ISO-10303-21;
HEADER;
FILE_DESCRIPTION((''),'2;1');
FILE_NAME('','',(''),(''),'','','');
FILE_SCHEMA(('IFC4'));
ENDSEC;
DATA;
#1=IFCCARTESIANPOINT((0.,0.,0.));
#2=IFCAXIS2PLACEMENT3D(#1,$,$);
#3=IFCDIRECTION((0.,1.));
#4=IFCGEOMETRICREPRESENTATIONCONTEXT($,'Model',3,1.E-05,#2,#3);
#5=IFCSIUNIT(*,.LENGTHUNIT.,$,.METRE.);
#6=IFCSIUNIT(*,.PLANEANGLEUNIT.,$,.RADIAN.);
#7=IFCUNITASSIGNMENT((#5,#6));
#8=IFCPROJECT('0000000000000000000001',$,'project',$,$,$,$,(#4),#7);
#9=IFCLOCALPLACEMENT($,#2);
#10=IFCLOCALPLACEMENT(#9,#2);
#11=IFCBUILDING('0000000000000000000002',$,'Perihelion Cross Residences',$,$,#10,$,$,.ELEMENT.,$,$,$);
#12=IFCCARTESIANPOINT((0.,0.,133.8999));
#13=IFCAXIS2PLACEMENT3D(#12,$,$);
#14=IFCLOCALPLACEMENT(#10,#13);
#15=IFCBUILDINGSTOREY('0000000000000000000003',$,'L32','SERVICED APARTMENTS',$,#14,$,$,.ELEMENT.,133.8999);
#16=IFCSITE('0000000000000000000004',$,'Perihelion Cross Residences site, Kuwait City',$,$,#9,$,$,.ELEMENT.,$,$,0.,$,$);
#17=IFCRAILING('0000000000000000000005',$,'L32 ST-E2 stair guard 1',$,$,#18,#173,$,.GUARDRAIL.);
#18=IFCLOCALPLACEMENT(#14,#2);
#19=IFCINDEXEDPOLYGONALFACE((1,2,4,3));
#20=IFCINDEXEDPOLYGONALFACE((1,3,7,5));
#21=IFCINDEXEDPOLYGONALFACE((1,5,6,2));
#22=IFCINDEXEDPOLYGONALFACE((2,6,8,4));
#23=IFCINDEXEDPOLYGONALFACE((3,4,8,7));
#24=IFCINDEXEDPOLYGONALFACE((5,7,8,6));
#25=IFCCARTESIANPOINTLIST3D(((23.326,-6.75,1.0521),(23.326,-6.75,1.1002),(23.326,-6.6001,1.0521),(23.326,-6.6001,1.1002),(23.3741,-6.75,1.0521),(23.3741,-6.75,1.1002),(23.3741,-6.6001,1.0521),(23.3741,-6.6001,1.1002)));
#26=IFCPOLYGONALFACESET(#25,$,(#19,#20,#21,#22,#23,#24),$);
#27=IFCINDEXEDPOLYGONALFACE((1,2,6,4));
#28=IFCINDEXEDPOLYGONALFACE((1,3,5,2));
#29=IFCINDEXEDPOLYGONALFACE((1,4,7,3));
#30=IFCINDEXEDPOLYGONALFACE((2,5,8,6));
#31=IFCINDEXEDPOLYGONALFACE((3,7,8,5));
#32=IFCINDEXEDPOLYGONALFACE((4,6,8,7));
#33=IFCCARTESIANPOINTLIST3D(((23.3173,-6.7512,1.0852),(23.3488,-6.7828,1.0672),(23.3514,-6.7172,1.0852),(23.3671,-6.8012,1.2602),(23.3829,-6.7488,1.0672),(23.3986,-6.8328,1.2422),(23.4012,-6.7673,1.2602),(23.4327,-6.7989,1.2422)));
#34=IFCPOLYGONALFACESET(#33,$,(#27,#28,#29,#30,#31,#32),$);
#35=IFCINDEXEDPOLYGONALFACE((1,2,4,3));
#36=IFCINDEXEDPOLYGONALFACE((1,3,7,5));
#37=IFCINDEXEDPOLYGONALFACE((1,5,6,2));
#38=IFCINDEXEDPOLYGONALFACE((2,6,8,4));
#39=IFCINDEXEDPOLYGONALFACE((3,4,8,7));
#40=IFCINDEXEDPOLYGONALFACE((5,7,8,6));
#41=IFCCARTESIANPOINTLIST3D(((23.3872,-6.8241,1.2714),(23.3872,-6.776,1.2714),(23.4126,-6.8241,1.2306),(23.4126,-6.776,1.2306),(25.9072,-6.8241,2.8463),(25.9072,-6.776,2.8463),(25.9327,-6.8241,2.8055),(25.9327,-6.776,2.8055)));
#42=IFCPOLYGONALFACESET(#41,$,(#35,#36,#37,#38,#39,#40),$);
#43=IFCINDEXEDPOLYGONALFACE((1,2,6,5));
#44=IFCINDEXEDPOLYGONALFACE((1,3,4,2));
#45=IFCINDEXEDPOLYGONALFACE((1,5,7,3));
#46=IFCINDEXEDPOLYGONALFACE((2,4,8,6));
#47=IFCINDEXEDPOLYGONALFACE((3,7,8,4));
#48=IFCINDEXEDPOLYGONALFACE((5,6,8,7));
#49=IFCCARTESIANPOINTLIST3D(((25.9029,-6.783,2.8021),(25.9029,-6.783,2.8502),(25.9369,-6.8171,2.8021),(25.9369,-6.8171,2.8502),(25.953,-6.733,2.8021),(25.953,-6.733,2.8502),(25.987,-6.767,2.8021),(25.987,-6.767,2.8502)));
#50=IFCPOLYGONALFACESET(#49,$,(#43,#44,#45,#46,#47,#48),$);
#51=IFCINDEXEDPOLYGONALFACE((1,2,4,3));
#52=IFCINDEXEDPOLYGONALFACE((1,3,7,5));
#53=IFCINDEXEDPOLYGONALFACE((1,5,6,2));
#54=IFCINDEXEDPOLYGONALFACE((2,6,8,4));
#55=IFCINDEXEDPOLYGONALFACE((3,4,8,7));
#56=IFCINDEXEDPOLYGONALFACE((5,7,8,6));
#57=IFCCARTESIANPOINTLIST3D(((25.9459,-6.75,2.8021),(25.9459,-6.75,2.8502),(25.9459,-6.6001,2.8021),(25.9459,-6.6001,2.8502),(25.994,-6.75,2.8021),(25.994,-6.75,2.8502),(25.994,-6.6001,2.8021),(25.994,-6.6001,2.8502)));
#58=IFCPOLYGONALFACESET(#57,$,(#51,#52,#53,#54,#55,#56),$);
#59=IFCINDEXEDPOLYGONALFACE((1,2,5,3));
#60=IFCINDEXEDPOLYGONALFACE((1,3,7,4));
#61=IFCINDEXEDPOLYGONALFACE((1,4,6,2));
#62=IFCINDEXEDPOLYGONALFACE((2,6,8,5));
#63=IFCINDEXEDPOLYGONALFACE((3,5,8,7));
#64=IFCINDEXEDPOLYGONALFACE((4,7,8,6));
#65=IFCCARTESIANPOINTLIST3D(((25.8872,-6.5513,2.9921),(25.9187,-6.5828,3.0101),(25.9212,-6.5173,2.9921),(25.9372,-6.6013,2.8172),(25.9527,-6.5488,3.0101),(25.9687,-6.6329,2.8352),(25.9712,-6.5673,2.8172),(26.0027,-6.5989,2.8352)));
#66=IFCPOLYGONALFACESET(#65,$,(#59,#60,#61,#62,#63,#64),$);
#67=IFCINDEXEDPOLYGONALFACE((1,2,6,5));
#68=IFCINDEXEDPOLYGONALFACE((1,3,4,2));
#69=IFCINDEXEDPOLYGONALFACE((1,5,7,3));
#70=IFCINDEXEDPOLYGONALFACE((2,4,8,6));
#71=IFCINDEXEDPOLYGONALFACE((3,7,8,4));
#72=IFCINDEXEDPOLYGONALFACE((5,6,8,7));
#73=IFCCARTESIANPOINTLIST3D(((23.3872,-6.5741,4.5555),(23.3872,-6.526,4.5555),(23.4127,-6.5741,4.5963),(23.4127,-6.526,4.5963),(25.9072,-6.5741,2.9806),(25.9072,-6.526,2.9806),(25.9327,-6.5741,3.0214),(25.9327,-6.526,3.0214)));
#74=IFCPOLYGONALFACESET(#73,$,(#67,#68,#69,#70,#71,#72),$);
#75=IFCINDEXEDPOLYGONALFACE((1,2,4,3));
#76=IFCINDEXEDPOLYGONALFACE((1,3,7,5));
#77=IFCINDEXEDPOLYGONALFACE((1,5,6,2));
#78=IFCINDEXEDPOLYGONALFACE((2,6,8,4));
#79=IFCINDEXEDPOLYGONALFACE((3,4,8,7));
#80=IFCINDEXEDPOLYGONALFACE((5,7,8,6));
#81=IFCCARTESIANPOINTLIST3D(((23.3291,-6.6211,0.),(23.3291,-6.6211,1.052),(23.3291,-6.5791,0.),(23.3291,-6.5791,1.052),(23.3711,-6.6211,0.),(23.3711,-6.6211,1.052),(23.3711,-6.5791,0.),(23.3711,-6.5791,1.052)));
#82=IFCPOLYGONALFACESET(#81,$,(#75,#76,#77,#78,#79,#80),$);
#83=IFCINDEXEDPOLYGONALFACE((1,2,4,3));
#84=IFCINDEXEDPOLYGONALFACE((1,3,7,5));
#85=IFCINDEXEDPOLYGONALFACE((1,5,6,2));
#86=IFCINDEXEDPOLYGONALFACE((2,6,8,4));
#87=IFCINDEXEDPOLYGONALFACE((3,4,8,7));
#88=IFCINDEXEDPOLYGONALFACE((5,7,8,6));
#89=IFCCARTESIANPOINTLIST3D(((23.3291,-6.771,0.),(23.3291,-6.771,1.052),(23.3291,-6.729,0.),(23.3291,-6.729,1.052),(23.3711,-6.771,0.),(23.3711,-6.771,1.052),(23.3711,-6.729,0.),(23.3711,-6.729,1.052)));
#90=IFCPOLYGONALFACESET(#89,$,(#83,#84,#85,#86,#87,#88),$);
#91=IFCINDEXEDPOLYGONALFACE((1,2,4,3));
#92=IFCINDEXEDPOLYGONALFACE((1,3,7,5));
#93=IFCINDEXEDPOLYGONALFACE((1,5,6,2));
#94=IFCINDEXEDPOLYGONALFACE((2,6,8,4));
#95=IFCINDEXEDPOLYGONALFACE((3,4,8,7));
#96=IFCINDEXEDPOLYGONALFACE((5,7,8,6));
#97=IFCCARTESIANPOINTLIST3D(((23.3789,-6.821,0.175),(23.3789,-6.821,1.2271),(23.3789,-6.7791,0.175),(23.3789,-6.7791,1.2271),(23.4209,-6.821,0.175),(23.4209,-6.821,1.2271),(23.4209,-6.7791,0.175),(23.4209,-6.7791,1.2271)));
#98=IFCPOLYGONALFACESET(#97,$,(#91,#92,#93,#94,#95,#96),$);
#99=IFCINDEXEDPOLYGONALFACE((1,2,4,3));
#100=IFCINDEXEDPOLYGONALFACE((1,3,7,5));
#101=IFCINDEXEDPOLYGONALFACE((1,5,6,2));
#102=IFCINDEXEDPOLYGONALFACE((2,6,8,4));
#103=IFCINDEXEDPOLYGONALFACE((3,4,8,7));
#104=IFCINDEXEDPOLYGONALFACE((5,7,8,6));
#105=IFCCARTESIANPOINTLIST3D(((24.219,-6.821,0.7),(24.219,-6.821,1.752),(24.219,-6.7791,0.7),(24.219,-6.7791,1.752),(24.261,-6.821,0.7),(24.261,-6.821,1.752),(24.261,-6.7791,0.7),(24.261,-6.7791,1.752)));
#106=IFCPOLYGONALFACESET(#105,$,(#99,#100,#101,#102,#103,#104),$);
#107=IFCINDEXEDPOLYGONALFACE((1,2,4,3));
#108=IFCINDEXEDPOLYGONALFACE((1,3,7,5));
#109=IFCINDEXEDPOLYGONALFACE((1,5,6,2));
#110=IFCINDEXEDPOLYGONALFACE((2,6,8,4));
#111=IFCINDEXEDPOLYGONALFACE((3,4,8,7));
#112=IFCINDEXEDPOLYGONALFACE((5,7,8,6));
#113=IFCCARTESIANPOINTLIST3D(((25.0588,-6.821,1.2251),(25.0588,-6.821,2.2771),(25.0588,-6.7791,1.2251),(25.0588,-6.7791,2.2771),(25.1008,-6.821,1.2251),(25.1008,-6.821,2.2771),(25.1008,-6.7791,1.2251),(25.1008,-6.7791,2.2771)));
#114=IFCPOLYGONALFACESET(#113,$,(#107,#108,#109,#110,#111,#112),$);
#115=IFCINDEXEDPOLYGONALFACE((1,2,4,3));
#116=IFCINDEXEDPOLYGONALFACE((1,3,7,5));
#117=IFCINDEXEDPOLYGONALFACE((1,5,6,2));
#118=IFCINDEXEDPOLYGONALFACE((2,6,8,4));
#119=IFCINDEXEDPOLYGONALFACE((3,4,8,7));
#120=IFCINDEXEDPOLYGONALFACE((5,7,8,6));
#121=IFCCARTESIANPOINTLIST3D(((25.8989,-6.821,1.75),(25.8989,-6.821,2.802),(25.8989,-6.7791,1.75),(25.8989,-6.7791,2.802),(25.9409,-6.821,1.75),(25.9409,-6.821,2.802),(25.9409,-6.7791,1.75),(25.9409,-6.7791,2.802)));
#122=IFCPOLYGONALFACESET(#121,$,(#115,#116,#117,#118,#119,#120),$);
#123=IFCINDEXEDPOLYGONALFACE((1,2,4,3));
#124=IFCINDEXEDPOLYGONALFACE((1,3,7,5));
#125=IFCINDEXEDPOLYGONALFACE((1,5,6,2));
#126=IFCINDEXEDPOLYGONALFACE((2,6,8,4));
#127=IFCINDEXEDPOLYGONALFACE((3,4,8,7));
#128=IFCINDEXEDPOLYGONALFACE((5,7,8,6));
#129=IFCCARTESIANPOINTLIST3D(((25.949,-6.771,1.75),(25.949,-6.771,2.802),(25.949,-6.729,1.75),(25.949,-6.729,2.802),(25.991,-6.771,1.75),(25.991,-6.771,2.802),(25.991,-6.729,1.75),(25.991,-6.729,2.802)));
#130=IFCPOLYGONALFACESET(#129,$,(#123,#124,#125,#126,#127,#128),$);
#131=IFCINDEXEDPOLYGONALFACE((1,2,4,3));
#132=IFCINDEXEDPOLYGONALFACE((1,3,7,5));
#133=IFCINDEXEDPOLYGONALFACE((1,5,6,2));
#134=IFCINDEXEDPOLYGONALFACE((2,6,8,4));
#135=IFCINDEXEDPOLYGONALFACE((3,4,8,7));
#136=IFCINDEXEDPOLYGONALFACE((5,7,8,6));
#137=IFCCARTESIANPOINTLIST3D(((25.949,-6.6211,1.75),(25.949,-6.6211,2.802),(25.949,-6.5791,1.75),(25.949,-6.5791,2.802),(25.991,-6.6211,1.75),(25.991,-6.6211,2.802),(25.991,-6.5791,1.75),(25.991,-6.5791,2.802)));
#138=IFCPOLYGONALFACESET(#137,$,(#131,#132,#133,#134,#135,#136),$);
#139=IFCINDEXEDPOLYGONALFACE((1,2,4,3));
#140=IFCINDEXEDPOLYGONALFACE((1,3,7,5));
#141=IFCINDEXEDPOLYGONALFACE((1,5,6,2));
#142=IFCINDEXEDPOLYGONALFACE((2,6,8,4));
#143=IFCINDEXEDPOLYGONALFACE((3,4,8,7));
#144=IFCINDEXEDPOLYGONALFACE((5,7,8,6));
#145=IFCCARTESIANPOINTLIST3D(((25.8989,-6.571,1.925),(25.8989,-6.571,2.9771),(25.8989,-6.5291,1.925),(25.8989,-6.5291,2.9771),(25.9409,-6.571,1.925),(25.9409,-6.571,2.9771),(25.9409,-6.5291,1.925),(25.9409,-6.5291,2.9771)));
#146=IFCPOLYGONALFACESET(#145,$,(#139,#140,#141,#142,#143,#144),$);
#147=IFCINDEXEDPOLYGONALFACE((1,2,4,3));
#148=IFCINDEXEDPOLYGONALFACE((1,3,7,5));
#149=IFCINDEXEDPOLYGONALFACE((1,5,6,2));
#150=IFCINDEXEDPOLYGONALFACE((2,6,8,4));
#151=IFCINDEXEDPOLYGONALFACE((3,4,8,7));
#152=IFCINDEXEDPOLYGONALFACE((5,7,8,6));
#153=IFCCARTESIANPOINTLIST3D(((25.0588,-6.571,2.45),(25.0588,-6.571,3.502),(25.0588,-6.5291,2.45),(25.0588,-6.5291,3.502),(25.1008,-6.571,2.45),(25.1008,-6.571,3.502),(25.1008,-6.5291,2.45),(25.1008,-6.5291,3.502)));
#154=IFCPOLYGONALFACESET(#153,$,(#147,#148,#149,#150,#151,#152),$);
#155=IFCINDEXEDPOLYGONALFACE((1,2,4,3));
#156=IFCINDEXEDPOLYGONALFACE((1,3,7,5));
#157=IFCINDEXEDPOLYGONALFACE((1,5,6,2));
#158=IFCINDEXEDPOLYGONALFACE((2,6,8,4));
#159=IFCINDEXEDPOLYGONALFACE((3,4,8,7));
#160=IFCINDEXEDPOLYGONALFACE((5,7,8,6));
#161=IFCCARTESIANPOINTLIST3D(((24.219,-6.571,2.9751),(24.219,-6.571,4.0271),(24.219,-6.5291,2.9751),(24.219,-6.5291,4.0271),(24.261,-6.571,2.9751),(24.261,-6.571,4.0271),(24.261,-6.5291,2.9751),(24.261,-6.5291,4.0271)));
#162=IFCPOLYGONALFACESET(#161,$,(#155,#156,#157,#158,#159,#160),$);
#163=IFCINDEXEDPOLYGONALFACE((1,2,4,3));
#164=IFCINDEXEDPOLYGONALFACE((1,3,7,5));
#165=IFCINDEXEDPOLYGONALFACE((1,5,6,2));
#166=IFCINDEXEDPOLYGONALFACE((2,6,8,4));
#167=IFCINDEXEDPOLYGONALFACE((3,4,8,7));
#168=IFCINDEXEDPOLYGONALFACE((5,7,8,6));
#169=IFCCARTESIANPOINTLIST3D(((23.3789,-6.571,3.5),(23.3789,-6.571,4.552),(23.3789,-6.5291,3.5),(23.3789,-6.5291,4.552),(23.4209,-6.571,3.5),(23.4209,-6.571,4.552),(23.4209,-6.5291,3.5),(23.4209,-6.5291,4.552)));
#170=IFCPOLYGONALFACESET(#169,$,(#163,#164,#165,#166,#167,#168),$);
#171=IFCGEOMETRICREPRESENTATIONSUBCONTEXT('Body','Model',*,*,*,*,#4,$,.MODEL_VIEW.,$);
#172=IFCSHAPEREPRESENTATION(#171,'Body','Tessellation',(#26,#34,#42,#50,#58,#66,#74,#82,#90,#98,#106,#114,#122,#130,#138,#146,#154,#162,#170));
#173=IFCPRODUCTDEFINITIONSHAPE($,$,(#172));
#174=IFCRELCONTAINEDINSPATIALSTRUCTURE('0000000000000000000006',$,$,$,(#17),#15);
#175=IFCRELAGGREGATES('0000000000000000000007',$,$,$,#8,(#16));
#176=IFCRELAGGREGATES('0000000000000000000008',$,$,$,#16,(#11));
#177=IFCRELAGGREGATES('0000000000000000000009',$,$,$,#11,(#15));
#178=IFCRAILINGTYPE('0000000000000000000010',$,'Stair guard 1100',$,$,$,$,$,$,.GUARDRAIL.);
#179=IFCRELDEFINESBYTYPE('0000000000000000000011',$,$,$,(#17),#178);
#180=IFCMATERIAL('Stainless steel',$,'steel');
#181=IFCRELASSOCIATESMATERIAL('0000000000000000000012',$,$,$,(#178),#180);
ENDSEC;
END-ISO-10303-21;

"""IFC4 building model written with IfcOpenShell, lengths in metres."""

from ifc_helpers import new_model, si_unit, direction, frame, origin, origin_2d, place, context, subcontext, project, spatial, rectangle, extrude, material, type_object, element, save


model = new_model("IFC4")

# Units and contexts
model_context = context("Model", 3, precision=1e-05, world=origin(), true_north=direction((0.0, 1.0)))
body_context = subcontext(model_context, "Body", "Model", "MODEL_VIEW")
ifc_project = project(units=[si_unit("LENGTHUNIT", "METRE"), si_unit("PLANEANGLEUNIT", "RADIAN")], contexts=[model_context])

# Site, building, storey
site_placement = place(None, origin())
site = spatial("IfcSite", under=ifc_project, at=site_placement, Name="Perihelion Cross Residences site, Kuwait City", CompositionType="ELEMENT", RefElevation=0.0)
building_placement = place(site_placement, origin())
building = spatial("IfcBuilding", under=site, at=building_placement, Name="Perihelion Cross Residences", CompositionType="ELEMENT")
storey_placement = place(building_placement, frame((0.0, 0.0, 133.8999)))
storey = spatial("IfcBuildingStorey", under=building, at=storey_placement, Name="L32", Description="SERVICED APARTMENTS", CompositionType="ELEMENT", Elevation=133.8999)

# Railing
ifc_material_1 = material(Name="Stainless steel", Category="steel")
railing_type_1 = type_object("IfcRailingType", Name="Stair guard 1100", PredefinedType="GUARDRAIL", material=ifc_material_1)
railing_1_placement = place(storey_placement, frame((23.3501, -6.6001, 0.0)))
element("IfcRailing", 1, at=railing_1_placement, inside=storey, type_object=railing_type_1, Name="L32 ST-E2 stair guard 1", PredefinedType="GUARDRAIL", context=body_context, shape_type="SweptSolid", body=[
    extrude(rectangle(XDim=0.0481, YDim=0.0481, at=origin_2d()), frame((0.0, 0.0, 1.0762), z_axis=(0.0, -1.0, 0.0), x_axis=(1.0, 0.0, 0.0)), (0.0, 0.0, 1.0), 0.1499),
    extrude(rectangle(XDim=0.0481, YDim=0.0481, at=origin_2d()), frame((0.0, -0.1499, 1.0762), z_axis=(0.263862, -0.265156, 0.927399), x_axis=(0.708834, 0.705376, 0.0)), (0.0, 0.0, 1.0), 0.1887),
    extrude(rectangle(XDim=0.0481, YDim=0.0481, at=origin_2d()), frame((0.0498, -0.2, 1.251), z_axis=(0.848008, 0.0, 0.529984), x_axis=(0.0, 1.0, 0.0)), (0.0, 0.0, 1.0), 2.9717),
    extrude(rectangle(XDim=0.0481, YDim=0.0481, at=origin_2d()), frame((2.5698, -0.2, 2.8262), z_axis=(0.707107, 0.707107, 0.0), x_axis=(-0.707107, 0.707107, 0.0)), (0.0, 0.0, 1.0), 0.0708),
    extrude(rectangle(XDim=0.0481, YDim=0.0481, at=origin_2d()), frame((2.6199, -0.1499, 2.8262), z_axis=(0.0, 1.0, 0.0), x_axis=(-1.0, 0.0, 0.0)), (0.0, 0.0, 1.0), 0.1499),
    extrude(rectangle(XDim=0.0481, YDim=0.0481, at=origin_2d()), frame((2.6199, 0.0, 2.8262), z_axis=(-0.265065, 0.265065, 0.927082), x_axis=(-0.707107, -0.707107, 0.0)), (0.0, 0.0, 1.0), 0.1887),
    extrude(rectangle(XDim=0.0481, YDim=0.0481, at=origin_2d()), frame((2.5698, 0.05, 3.001), z_axis=(-0.848008, 0.0, 0.529984), x_axis=(0.0, -1.0, 0.0)), (0.0, 0.0, 1.0), 2.9717),
    extrude(rectangle(XDim=0.042, YDim=0.042, at=origin_2d()), origin(), (0.0, 0.0, 1.0), 1.052),
    extrude(rectangle(XDim=0.042, YDim=0.042, at=origin_2d()), frame((0.0, -0.1499, 0.0)), (0.0, 0.0, 1.0), 1.052),
    extrude(rectangle(XDim=0.042, YDim=0.042, at=origin_2d()), frame((0.0498, -0.2, 0.175)), (0.0, 0.0, 1.0), 1.052),
    extrude(rectangle(XDim=0.042, YDim=0.042, at=origin_2d()), frame((0.8899, -0.2, 0.7)), (0.0, 0.0, 1.0), 1.052),
    extrude(rectangle(XDim=0.042, YDim=0.042, at=origin_2d()), frame((1.7297, -0.2, 1.2251)), (0.0, 0.0, 1.0), 1.052),
    extrude(rectangle(XDim=0.042, YDim=0.042, at=origin_2d()), frame((2.5698, -0.2, 1.75)), (0.0, 0.0, 1.0), 1.052),
    extrude(rectangle(XDim=0.042, YDim=0.042, at=origin_2d()), frame((2.6199, -0.1499, 1.75)), (0.0, 0.0, 1.0), 1.052),
    extrude(rectangle(XDim=0.042, YDim=0.042, at=origin_2d()), frame((2.6199, 0.0, 1.75)), (0.0, 0.0, 1.0), 1.052),
    extrude(rectangle(XDim=0.042, YDim=0.042, at=origin_2d()), frame((2.5698, 0.05, 1.925)), (0.0, 0.0, 1.0), 1.052),
    extrude(rectangle(XDim=0.042, YDim=0.042, at=origin_2d()), frame((1.7297, 0.05, 2.45)), (0.0, 0.0, 1.0), 1.052),
    extrude(rectangle(XDim=0.042, YDim=0.042, at=origin_2d()), frame((0.8899, 0.05, 2.9751)), (0.0, 0.0, 1.0), 1.052),
    extrude(rectangle(XDim=0.042, YDim=0.042, at=origin_2d()), frame((0.0498, 0.05, 3.5)), (0.0, 0.0, 1.0), 1.052),
])

save(model, "model.ifc")
